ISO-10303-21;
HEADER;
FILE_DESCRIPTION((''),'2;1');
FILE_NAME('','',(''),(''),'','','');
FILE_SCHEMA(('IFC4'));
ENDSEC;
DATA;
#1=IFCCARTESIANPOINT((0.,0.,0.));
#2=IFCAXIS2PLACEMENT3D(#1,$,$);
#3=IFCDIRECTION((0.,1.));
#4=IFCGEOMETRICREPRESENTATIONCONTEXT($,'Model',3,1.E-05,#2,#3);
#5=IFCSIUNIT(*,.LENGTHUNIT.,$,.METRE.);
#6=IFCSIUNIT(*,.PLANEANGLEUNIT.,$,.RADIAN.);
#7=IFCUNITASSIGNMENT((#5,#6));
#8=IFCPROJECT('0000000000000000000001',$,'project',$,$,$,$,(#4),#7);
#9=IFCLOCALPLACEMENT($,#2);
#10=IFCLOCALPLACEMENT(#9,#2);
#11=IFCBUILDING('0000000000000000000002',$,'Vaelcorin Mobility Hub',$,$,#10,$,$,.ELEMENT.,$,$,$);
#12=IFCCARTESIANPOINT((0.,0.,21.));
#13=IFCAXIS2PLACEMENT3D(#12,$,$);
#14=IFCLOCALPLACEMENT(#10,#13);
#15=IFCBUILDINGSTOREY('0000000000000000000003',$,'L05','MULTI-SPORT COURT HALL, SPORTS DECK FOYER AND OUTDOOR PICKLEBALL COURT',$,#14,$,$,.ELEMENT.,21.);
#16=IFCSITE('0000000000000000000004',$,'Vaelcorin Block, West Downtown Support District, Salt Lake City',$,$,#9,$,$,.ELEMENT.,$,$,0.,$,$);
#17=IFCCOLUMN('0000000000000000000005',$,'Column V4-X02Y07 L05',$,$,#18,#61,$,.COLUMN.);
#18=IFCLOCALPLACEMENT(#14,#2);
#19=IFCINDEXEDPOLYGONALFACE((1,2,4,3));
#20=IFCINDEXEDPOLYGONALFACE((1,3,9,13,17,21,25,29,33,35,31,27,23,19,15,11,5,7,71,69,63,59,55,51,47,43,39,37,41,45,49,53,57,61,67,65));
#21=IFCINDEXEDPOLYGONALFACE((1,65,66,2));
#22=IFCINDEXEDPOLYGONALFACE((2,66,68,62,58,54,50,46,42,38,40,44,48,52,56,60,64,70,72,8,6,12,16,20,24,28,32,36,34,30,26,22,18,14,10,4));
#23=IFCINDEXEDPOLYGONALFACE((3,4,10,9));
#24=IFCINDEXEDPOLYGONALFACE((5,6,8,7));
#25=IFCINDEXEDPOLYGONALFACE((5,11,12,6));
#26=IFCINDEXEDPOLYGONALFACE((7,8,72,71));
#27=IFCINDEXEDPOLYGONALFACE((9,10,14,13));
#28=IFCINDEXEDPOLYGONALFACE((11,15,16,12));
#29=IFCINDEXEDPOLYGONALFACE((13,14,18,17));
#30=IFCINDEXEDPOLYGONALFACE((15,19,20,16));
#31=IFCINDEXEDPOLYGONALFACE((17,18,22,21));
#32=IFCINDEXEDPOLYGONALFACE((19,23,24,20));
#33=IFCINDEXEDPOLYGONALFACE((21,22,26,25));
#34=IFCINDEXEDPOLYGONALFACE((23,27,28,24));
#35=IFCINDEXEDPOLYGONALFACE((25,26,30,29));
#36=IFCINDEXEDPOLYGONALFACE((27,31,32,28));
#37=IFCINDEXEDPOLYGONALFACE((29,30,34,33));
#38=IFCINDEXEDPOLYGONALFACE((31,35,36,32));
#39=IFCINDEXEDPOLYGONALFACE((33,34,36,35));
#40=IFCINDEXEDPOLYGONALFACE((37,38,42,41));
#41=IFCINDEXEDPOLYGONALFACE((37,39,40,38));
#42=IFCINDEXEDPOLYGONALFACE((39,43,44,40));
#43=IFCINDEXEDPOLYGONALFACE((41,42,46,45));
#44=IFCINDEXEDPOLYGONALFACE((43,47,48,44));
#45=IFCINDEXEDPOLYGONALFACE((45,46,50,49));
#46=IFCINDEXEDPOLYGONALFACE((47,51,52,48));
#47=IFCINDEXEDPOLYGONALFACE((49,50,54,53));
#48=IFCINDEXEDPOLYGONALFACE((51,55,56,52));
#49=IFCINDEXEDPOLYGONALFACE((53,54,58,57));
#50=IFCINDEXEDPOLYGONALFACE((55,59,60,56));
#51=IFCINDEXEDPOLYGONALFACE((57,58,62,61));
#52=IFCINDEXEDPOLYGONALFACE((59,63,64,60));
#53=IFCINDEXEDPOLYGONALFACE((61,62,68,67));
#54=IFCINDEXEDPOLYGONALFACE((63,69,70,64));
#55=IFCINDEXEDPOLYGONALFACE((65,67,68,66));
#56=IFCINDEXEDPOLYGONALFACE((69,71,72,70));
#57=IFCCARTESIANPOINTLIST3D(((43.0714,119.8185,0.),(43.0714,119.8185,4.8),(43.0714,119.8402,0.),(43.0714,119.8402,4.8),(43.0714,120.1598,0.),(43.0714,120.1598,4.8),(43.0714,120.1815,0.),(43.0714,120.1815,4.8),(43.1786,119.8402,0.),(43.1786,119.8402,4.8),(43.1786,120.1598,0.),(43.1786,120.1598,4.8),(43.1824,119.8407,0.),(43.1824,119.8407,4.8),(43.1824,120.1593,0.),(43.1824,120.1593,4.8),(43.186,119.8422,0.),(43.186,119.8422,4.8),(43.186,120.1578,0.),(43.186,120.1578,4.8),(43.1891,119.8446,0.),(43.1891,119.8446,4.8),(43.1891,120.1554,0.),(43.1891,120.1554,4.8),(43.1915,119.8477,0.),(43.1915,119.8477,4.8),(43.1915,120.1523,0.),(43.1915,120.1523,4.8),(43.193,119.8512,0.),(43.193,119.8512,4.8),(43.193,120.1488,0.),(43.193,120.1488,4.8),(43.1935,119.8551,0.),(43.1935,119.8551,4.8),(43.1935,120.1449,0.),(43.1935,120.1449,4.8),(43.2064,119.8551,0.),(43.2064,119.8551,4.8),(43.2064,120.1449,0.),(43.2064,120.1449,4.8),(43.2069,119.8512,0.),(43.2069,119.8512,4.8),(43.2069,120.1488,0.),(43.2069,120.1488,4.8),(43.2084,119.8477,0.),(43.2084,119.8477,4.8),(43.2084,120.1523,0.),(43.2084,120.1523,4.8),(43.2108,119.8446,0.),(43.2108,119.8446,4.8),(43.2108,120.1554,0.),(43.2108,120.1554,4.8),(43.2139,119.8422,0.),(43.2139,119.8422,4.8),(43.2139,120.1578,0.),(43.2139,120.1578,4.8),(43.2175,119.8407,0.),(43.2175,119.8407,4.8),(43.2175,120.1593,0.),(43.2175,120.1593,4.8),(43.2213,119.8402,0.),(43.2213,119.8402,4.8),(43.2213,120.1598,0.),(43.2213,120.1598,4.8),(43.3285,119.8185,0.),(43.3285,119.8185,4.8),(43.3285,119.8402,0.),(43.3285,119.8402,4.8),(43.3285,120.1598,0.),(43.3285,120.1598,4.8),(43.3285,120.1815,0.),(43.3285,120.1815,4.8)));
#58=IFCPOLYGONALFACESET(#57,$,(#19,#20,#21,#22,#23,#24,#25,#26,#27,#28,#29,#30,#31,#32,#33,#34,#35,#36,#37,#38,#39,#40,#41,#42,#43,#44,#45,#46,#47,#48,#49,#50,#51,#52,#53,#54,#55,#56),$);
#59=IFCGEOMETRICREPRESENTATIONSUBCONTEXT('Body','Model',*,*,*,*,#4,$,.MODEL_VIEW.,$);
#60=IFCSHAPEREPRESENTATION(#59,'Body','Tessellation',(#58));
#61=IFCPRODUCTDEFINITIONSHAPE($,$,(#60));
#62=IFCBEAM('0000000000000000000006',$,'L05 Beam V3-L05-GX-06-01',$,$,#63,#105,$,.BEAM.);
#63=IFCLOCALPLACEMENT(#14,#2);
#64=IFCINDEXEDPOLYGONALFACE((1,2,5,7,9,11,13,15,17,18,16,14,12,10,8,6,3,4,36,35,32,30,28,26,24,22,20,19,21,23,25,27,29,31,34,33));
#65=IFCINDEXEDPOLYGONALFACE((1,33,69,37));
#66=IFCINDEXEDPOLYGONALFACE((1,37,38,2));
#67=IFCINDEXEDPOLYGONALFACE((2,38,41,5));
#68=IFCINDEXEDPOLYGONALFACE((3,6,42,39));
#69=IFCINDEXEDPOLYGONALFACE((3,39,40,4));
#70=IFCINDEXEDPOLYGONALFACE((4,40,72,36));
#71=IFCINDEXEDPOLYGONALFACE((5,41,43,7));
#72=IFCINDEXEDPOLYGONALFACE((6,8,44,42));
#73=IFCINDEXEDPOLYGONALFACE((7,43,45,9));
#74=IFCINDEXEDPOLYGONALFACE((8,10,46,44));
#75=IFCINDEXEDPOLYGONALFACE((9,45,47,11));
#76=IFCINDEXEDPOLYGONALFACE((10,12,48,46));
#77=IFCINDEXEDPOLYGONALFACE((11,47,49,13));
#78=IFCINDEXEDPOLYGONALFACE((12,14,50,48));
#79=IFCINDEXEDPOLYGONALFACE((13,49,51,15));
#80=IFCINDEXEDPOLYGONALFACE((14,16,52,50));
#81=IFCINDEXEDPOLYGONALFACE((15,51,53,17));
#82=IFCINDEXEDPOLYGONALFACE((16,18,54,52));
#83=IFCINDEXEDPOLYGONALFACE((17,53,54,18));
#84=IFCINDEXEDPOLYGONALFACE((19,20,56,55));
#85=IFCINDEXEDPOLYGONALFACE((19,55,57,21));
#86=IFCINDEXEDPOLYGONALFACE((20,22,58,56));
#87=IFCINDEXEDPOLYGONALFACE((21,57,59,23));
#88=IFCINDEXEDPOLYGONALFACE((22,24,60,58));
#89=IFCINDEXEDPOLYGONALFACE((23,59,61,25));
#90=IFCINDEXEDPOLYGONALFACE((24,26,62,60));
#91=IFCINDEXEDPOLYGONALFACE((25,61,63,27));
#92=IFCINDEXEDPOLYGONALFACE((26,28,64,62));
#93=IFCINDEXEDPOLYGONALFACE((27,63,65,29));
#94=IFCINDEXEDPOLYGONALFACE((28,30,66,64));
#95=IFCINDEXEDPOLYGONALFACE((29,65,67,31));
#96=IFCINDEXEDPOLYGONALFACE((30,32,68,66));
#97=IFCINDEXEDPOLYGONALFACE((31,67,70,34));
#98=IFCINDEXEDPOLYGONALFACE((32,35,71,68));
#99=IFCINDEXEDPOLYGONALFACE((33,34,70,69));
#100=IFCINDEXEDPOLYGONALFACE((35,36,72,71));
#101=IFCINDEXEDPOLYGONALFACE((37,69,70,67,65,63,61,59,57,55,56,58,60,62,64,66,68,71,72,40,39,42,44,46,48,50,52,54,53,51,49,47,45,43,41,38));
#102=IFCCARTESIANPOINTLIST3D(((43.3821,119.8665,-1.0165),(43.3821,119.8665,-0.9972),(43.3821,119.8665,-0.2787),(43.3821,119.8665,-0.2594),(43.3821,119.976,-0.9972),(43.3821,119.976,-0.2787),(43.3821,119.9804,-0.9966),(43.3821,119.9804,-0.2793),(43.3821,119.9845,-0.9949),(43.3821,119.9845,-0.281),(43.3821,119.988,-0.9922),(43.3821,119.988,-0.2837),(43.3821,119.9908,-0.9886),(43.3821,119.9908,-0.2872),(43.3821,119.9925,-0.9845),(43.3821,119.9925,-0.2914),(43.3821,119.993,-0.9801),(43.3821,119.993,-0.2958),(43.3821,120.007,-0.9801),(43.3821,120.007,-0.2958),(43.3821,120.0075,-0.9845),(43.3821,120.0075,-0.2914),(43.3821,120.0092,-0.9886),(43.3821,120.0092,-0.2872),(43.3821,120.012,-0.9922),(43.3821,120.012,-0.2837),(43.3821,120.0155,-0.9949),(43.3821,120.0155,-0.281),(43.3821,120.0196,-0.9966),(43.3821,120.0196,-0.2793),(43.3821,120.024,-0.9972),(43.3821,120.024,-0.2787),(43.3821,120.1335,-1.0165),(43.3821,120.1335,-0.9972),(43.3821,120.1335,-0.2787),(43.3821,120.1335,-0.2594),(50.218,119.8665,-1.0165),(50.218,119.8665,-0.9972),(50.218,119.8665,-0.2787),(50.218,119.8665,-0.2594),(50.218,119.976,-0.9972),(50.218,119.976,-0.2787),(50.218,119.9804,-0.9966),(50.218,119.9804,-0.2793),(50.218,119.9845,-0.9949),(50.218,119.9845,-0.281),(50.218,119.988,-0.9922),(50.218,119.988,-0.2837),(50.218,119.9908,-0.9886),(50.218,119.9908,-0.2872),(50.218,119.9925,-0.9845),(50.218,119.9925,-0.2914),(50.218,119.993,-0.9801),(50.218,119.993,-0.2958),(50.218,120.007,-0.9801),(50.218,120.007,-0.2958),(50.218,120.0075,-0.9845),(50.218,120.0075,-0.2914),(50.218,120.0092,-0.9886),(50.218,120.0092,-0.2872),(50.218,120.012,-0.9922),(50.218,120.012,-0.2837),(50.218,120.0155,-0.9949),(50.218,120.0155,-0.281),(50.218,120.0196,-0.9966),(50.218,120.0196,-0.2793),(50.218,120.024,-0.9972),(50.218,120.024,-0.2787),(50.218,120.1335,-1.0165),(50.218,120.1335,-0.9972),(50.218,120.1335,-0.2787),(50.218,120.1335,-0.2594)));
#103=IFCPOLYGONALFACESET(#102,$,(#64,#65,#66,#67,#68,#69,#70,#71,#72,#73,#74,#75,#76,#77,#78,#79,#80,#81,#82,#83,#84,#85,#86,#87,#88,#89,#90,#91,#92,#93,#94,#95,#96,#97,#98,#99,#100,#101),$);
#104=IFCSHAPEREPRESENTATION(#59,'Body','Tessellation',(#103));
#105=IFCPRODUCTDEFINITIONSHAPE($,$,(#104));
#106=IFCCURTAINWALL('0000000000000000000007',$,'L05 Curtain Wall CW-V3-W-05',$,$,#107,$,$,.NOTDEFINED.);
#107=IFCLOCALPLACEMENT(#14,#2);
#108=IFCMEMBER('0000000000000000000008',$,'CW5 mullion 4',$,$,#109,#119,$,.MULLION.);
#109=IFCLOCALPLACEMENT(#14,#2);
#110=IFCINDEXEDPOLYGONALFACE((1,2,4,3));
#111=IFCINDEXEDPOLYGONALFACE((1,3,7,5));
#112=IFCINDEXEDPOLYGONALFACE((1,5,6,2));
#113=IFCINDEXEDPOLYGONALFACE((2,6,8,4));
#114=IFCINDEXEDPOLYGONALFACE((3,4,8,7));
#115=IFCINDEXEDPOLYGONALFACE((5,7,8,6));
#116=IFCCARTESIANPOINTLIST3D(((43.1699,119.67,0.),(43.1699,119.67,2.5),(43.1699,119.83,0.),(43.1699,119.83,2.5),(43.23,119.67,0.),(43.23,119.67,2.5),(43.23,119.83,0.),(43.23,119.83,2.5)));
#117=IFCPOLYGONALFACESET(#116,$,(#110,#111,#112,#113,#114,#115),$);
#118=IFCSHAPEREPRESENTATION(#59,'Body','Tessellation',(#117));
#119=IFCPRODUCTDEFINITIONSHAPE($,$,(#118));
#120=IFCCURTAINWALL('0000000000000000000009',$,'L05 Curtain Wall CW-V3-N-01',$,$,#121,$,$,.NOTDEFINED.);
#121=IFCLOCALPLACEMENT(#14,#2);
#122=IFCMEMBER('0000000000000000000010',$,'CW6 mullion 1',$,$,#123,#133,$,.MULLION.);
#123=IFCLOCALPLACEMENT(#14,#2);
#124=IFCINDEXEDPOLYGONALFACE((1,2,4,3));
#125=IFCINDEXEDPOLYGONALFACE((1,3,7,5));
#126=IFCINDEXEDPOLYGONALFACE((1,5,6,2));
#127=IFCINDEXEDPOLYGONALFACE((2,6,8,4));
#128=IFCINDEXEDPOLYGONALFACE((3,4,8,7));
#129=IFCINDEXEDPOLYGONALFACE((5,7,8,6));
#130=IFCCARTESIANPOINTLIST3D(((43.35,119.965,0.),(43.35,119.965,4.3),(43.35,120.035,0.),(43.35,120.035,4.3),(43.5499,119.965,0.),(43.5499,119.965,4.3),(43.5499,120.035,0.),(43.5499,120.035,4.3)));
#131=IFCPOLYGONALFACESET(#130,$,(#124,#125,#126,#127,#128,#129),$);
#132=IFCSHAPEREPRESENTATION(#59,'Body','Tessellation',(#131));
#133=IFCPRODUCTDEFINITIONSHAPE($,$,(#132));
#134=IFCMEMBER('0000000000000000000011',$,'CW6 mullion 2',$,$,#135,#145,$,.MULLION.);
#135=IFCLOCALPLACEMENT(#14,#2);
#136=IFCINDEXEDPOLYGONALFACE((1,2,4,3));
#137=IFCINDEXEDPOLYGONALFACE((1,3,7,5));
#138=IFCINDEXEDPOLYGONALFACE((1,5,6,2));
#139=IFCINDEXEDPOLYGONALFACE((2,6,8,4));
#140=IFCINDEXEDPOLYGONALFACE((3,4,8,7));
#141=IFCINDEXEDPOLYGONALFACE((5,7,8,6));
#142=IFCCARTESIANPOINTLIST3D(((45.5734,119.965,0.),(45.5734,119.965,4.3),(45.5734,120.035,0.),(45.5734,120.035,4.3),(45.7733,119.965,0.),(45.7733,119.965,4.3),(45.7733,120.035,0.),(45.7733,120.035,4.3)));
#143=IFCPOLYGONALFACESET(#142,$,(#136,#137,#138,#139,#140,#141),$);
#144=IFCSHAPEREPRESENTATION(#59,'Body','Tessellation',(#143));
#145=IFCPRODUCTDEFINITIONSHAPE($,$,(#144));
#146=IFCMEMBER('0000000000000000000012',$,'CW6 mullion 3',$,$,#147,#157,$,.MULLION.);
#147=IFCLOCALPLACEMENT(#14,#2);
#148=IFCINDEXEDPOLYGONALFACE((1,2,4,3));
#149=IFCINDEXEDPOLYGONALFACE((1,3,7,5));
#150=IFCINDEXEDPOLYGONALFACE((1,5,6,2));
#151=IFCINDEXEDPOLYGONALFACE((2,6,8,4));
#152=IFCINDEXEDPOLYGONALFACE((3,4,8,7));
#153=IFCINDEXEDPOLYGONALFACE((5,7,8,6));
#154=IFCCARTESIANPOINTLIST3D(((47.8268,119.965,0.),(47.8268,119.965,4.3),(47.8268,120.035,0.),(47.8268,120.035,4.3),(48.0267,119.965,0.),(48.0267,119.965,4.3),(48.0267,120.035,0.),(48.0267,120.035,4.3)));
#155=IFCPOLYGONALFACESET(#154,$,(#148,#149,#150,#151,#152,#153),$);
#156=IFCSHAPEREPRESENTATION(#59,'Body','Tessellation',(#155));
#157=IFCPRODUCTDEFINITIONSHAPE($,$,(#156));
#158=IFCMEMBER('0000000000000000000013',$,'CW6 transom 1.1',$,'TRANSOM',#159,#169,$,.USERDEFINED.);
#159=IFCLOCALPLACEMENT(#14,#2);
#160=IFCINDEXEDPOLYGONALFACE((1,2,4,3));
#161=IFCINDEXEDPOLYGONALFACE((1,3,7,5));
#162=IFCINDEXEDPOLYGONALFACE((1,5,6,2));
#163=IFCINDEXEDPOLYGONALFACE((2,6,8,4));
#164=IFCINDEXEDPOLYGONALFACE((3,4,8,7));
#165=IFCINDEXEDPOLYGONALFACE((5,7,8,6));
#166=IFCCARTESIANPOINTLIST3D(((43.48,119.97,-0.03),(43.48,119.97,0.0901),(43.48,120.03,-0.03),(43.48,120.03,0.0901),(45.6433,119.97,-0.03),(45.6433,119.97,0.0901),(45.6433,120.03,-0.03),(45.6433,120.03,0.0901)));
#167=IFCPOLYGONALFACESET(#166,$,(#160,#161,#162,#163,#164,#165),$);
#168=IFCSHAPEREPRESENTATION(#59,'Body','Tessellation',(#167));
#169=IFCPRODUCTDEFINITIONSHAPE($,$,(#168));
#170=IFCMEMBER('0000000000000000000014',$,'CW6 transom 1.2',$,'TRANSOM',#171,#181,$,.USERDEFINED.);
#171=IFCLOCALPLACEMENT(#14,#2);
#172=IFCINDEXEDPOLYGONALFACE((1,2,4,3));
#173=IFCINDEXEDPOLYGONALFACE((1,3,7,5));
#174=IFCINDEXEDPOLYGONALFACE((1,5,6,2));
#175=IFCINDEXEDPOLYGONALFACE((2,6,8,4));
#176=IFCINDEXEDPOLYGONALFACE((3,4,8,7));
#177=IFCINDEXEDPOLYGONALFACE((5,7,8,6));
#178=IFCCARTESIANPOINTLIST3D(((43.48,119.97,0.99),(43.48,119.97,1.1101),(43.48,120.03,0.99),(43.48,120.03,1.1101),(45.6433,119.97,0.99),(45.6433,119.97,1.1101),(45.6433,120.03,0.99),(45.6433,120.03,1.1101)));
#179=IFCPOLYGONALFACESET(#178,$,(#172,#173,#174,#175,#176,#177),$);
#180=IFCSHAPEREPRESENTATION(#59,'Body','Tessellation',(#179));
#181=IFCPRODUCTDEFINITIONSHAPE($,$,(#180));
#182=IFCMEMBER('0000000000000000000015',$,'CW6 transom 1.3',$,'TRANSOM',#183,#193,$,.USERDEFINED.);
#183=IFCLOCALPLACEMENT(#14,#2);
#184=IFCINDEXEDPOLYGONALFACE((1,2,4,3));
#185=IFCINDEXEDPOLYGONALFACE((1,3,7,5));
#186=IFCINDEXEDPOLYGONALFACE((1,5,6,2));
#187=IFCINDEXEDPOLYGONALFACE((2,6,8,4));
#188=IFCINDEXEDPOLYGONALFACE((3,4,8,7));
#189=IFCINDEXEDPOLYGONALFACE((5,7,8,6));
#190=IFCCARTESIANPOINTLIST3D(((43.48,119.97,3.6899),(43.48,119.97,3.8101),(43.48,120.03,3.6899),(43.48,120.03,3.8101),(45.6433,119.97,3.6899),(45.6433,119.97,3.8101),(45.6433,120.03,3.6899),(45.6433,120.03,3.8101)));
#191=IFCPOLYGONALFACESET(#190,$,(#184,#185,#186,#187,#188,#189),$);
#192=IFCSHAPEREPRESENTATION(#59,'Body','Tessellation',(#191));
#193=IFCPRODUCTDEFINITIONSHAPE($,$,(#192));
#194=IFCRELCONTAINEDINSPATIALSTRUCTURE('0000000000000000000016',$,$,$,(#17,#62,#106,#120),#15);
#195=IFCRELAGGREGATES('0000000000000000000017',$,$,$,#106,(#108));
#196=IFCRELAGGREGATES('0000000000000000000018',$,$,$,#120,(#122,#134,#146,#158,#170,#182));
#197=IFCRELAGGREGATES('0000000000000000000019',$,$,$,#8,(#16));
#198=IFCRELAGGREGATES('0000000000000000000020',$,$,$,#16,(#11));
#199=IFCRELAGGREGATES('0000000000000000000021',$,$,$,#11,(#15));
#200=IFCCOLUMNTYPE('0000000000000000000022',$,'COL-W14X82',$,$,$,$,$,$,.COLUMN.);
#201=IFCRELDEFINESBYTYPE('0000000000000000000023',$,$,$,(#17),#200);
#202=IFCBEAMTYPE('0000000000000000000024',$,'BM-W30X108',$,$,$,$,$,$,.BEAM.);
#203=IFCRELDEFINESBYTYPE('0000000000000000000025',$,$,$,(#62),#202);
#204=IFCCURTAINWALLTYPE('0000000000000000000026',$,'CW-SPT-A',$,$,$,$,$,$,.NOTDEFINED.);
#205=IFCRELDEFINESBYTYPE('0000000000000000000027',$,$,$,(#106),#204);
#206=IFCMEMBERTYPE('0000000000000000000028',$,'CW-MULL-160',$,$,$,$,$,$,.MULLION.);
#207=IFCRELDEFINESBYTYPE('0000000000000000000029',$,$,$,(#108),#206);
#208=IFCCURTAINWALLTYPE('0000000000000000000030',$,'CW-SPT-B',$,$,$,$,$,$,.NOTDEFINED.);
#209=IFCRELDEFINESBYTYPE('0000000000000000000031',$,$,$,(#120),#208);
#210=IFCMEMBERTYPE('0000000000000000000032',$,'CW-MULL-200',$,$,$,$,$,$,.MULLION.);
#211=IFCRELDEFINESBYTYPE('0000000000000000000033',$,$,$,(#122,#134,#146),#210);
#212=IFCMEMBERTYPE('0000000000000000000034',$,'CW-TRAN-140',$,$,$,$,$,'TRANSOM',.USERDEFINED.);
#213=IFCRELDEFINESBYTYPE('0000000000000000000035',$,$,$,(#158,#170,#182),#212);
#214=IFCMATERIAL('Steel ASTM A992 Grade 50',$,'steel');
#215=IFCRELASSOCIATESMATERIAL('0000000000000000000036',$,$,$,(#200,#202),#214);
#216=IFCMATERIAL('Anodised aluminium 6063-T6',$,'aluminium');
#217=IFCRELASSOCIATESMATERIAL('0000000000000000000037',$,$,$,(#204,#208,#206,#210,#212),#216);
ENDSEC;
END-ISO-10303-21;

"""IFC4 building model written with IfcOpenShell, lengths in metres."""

from ifc_helpers import new_model, si_unit, direction, frame, origin, origin_2d, place, context, subcontext, project, spatial, rectangle, i_section, extrude, material, material_profile, profile_set, type_object, element, aggregate, save


model = new_model("IFC4")

# Units and contexts
model_context = context("Model", 3, precision=1e-05, world=origin(), true_north=direction((0.0, 1.0)))
body_context = subcontext(model_context, "Body", "Model", "MODEL_VIEW")
ifc_project = project(units=[si_unit("LENGTHUNIT", "METRE"), si_unit("PLANEANGLEUNIT", "RADIAN")], contexts=[model_context])

# Site, building, storey
site_placement = place(None, origin())
site = spatial("IfcSite", under=ifc_project, at=site_placement, Name="Vaelcorin Block, West Downtown Support District, Salt Lake City", CompositionType="ELEMENT", RefElevation=0.0)
building_placement = place(site_placement, origin())
building = spatial("IfcBuilding", under=site, at=building_placement, Name="Vaelcorin Mobility Hub", CompositionType="ELEMENT")
storey_placement = place(building_placement, frame((0.0, 0.0, 21.0)))
storey = spatial("IfcBuildingStorey", under=building, at=storey_placement, Name="L05", Description="MULTI-SPORT COURT HALL, SPORTS DECK FOYER AND OUTDOOR PICKLEBALL COURT", CompositionType="ELEMENT", Elevation=21.0)

# Column
ifc_material_1 = material(Name="Steel ASTM A992 Grade 50", Category="steel")
ifc_material_profile_1 = material_profile(ifc_material_1, i_section(OverallWidth=0.2571, OverallDepth=0.363, WebThickness=0.0129, FlangeThickness=0.0217, FilletRadius=0.0149, at=origin_2d()), Name="W14X82")
ifc_profile_set_1 = profile_set([ifc_material_profile_1], Name="Steel ASTM A992 Grade 50")
column_type = type_object("IfcColumnType", Name="COL-W14X82", PredefinedType="COLUMN", material=ifc_profile_set_1)
column_placement = place(storey_placement, frame((43.2, 120.0, 0.0), z_axis=(0.0, 0.0, 1.0), x_axis=(1.0, 0.0, 0.0)))
element("IfcColumn", 1, at=column_placement, inside=storey, type_object=column_type, Name="Column V4-X02Y07 L05", PredefinedType="COLUMN", context=body_context, shape_type="SweptSolid", body=[
    extrude(i_section(OverallWidth=0.2571, OverallDepth=0.363, WebThickness=0.0129, FlangeThickness=0.0217, FilletRadius=0.0149, at=origin_2d()), origin(), (0.0, 0.0, 1.0), 4.8),
])

# Beam
ifc_material_profile_2 = material_profile(ifc_material_1, i_section(OverallWidth=0.2671, OverallDepth=0.7571, WebThickness=0.0139, FlangeThickness=0.0193, FilletRadius=0.0171, at=origin_2d()), Name="W30X108")
ifc_profile_set_2 = profile_set([ifc_material_profile_2], Name="Steel ASTM A992 Grade 50")
beam_type = type_object("IfcBeamType", Name="BM-W30X108", PredefinedType="BEAM", material=ifc_profile_set_2)
beam_placement = place(storey_placement, frame((43.3821, 120.0, -0.6379), z_axis=(1.0, 0.0, 0.0), x_axis=(0.0, 1.0, 0.0)))
element("IfcBeam", 2, at=beam_placement, inside=storey, type_object=beam_type, Name="L05 Beam V3-L05-GX-06-01", PredefinedType="BEAM", context=body_context, shape_type="SweptSolid", body=[
    extrude(i_section(OverallWidth=0.2671, OverallDepth=0.7571, WebThickness=0.0139, FlangeThickness=0.0193, FilletRadius=0.0171, at=origin_2d()), origin(), (0.0, 0.0, 1.0), 6.8359),
])

# Curtain wall, member
ifc_material_2 = material(Name="Anodised aluminium 6063-T6", Category="aluminium")
curtain_wall_type_1 = type_object("IfcCurtainWallType", Name="CW-SPT-A", PredefinedType="NOTDEFINED", material=ifc_material_2)
curtain_wall_1_placement = place(storey_placement, origin())
curtain_wall_1 = element("IfcCurtainWall", 3, at=curtain_wall_1_placement, inside=storey, type_object=curtain_wall_type_1, Name="L05 Curtain Wall CW-V3-W-05", PredefinedType="NOTDEFINED")
ifc_material_profile_3 = material_profile(ifc_material_2, rectangle(XDim=0.0601, YDim=0.1599, at=origin_2d()), Name="ALU-M60X160")
ifc_profile_set_3 = profile_set([ifc_material_profile_3], Name="Anodised aluminium 6063-T6")
member_type_1 = type_object("IfcMemberType", Name="CW-MULL-160", PredefinedType="MULLION", material=ifc_profile_set_3)
member_1_placement = place(storey_placement, frame((43.2, 119.75, 0.0), z_axis=(0.0, 0.0, 1.0), x_axis=(-1.0, 0.0, 0.0)))
member_1 = element("IfcMember", 4, at=member_1_placement, type_object=member_type_1, Name="CW5 mullion 4", PredefinedType="MULLION", context=body_context, shape_type="SweptSolid", body=[
    extrude(rectangle(XDim=0.0601, YDim=0.1599, at=origin_2d()), origin(), (0.0, 0.0, 1.0), 2.5),
])

# Curtain wall, members
curtain_wall_type_2 = type_object("IfcCurtainWallType", Name="CW-SPT-B", PredefinedType="NOTDEFINED", material=ifc_material_2)
curtain_wall_2_placement = place(storey_placement, origin())
curtain_wall_2 = element("IfcCurtainWall", 5, at=curtain_wall_2_placement, inside=storey, type_object=curtain_wall_type_2, Name="L05 Curtain Wall CW-V3-N-01", PredefinedType="NOTDEFINED")
ifc_material_profile_4 = material_profile(ifc_material_2, rectangle(XDim=0.0701, YDim=0.2, at=origin_2d()), Name="ALU-M70X200")
ifc_profile_set_4 = profile_set([ifc_material_profile_4], Name="Anodised aluminium 6063-T6")
member_type_2 = type_object("IfcMemberType", Name="CW-MULL-200", PredefinedType="MULLION", material=ifc_profile_set_4)
member_2_placement = place(storey_placement, frame((43.45, 120.0, 0.0), z_axis=(0.0, 0.0, 1.0), x_axis=(0.0, 1.0, 0.0)))
member_2 = element("IfcMember", 6, at=member_2_placement, type_object=member_type_2, Name="CW6 mullion 1", PredefinedType="MULLION", context=body_context, shape_type="SweptSolid", body=[
    extrude(rectangle(XDim=0.0701, YDim=0.2, at=origin_2d()), origin(), (0.0, 0.0, 1.0), 4.3),
])
member_3_placement = place(storey_placement, frame((45.6733, 120.0, 0.0), z_axis=(0.0, 0.0, 1.0), x_axis=(0.0, 1.0, 0.0)))
member_3 = element("IfcMember", 7, at=member_3_placement, type_object=member_type_2, Name="CW6 mullion 2", PredefinedType="MULLION", context=body_context, shape_type="SweptSolid", body=[
    extrude(rectangle(XDim=0.0701, YDim=0.2, at=origin_2d()), origin(), (0.0, 0.0, 1.0), 4.3),
])
member_4_placement = place(storey_placement, frame((47.9268, 120.0, 0.0), z_axis=(0.0, 0.0, 1.0), x_axis=(0.0, 1.0, 0.0)))
member_4 = element("IfcMember", 8, at=member_4_placement, type_object=member_type_2, Name="CW6 mullion 3", PredefinedType="MULLION", context=body_context, shape_type="SweptSolid", body=[
    extrude(rectangle(XDim=0.0701, YDim=0.2, at=origin_2d()), origin(), (0.0, 0.0, 1.0), 4.3),
])
ifc_material_profile_5 = material_profile(ifc_material_2, rectangle(XDim=0.0601, YDim=0.1201, at=origin_2d()), Name="ALU-T60X120")
ifc_profile_set_5 = profile_set([ifc_material_profile_5], Name="Anodised aluminium 6063-T6")
member_type_3 = type_object("IfcMemberType", Name="CW-TRAN-140", ElementType="TRANSOM", PredefinedType="USERDEFINED", material=ifc_profile_set_5)
member_5_placement = place(storey_placement, frame((43.48, 120.0, 0.03), z_axis=(1.0, 0.0, 0.0), x_axis=(0.0, 1.0, 0.0)))
member_5 = element("IfcMember", 9, at=member_5_placement, type_object=member_type_3, Name="CW6 transom 1.1", ObjectType="TRANSOM", PredefinedType="USERDEFINED", context=body_context, shape_type="SweptSolid", body=[
    extrude(rectangle(XDim=0.0601, YDim=0.1201, at=origin_2d()), origin(), (0.0, 0.0, 1.0), 2.1633),
])
member_6_placement = place(storey_placement, frame((43.48, 120.0, 1.05), z_axis=(1.0, 0.0, 0.0), x_axis=(0.0, 1.0, 0.0)))
member_6 = element("IfcMember", 10, at=member_6_placement, type_object=member_type_3, Name="CW6 transom 1.2", ObjectType="TRANSOM", PredefinedType="USERDEFINED", context=body_context, shape_type="SweptSolid", body=[
    extrude(rectangle(XDim=0.0601, YDim=0.1201, at=origin_2d()), origin(), (0.0, 0.0, 1.0), 2.1633),
])
member_7_placement = place(storey_placement, frame((43.48, 120.0, 3.75), z_axis=(1.0, 0.0, 0.0), x_axis=(0.0, 1.0, 0.0)))
member_7 = element("IfcMember", 11, at=member_7_placement, type_object=member_type_3, Name="CW6 transom 1.3", ObjectType="TRANSOM", PredefinedType="USERDEFINED", context=body_context, shape_type="SweptSolid", body=[
    extrude(rectangle(XDim=0.0601, YDim=0.1201, at=origin_2d()), origin(), (0.0, 0.0, 1.0), 2.1633),
])

aggregate(curtain_wall_1, [member_1])
aggregate(curtain_wall_2, [member_2, member_3, member_4, member_5, member_6, member_7])

save(model, "model.ifc")
